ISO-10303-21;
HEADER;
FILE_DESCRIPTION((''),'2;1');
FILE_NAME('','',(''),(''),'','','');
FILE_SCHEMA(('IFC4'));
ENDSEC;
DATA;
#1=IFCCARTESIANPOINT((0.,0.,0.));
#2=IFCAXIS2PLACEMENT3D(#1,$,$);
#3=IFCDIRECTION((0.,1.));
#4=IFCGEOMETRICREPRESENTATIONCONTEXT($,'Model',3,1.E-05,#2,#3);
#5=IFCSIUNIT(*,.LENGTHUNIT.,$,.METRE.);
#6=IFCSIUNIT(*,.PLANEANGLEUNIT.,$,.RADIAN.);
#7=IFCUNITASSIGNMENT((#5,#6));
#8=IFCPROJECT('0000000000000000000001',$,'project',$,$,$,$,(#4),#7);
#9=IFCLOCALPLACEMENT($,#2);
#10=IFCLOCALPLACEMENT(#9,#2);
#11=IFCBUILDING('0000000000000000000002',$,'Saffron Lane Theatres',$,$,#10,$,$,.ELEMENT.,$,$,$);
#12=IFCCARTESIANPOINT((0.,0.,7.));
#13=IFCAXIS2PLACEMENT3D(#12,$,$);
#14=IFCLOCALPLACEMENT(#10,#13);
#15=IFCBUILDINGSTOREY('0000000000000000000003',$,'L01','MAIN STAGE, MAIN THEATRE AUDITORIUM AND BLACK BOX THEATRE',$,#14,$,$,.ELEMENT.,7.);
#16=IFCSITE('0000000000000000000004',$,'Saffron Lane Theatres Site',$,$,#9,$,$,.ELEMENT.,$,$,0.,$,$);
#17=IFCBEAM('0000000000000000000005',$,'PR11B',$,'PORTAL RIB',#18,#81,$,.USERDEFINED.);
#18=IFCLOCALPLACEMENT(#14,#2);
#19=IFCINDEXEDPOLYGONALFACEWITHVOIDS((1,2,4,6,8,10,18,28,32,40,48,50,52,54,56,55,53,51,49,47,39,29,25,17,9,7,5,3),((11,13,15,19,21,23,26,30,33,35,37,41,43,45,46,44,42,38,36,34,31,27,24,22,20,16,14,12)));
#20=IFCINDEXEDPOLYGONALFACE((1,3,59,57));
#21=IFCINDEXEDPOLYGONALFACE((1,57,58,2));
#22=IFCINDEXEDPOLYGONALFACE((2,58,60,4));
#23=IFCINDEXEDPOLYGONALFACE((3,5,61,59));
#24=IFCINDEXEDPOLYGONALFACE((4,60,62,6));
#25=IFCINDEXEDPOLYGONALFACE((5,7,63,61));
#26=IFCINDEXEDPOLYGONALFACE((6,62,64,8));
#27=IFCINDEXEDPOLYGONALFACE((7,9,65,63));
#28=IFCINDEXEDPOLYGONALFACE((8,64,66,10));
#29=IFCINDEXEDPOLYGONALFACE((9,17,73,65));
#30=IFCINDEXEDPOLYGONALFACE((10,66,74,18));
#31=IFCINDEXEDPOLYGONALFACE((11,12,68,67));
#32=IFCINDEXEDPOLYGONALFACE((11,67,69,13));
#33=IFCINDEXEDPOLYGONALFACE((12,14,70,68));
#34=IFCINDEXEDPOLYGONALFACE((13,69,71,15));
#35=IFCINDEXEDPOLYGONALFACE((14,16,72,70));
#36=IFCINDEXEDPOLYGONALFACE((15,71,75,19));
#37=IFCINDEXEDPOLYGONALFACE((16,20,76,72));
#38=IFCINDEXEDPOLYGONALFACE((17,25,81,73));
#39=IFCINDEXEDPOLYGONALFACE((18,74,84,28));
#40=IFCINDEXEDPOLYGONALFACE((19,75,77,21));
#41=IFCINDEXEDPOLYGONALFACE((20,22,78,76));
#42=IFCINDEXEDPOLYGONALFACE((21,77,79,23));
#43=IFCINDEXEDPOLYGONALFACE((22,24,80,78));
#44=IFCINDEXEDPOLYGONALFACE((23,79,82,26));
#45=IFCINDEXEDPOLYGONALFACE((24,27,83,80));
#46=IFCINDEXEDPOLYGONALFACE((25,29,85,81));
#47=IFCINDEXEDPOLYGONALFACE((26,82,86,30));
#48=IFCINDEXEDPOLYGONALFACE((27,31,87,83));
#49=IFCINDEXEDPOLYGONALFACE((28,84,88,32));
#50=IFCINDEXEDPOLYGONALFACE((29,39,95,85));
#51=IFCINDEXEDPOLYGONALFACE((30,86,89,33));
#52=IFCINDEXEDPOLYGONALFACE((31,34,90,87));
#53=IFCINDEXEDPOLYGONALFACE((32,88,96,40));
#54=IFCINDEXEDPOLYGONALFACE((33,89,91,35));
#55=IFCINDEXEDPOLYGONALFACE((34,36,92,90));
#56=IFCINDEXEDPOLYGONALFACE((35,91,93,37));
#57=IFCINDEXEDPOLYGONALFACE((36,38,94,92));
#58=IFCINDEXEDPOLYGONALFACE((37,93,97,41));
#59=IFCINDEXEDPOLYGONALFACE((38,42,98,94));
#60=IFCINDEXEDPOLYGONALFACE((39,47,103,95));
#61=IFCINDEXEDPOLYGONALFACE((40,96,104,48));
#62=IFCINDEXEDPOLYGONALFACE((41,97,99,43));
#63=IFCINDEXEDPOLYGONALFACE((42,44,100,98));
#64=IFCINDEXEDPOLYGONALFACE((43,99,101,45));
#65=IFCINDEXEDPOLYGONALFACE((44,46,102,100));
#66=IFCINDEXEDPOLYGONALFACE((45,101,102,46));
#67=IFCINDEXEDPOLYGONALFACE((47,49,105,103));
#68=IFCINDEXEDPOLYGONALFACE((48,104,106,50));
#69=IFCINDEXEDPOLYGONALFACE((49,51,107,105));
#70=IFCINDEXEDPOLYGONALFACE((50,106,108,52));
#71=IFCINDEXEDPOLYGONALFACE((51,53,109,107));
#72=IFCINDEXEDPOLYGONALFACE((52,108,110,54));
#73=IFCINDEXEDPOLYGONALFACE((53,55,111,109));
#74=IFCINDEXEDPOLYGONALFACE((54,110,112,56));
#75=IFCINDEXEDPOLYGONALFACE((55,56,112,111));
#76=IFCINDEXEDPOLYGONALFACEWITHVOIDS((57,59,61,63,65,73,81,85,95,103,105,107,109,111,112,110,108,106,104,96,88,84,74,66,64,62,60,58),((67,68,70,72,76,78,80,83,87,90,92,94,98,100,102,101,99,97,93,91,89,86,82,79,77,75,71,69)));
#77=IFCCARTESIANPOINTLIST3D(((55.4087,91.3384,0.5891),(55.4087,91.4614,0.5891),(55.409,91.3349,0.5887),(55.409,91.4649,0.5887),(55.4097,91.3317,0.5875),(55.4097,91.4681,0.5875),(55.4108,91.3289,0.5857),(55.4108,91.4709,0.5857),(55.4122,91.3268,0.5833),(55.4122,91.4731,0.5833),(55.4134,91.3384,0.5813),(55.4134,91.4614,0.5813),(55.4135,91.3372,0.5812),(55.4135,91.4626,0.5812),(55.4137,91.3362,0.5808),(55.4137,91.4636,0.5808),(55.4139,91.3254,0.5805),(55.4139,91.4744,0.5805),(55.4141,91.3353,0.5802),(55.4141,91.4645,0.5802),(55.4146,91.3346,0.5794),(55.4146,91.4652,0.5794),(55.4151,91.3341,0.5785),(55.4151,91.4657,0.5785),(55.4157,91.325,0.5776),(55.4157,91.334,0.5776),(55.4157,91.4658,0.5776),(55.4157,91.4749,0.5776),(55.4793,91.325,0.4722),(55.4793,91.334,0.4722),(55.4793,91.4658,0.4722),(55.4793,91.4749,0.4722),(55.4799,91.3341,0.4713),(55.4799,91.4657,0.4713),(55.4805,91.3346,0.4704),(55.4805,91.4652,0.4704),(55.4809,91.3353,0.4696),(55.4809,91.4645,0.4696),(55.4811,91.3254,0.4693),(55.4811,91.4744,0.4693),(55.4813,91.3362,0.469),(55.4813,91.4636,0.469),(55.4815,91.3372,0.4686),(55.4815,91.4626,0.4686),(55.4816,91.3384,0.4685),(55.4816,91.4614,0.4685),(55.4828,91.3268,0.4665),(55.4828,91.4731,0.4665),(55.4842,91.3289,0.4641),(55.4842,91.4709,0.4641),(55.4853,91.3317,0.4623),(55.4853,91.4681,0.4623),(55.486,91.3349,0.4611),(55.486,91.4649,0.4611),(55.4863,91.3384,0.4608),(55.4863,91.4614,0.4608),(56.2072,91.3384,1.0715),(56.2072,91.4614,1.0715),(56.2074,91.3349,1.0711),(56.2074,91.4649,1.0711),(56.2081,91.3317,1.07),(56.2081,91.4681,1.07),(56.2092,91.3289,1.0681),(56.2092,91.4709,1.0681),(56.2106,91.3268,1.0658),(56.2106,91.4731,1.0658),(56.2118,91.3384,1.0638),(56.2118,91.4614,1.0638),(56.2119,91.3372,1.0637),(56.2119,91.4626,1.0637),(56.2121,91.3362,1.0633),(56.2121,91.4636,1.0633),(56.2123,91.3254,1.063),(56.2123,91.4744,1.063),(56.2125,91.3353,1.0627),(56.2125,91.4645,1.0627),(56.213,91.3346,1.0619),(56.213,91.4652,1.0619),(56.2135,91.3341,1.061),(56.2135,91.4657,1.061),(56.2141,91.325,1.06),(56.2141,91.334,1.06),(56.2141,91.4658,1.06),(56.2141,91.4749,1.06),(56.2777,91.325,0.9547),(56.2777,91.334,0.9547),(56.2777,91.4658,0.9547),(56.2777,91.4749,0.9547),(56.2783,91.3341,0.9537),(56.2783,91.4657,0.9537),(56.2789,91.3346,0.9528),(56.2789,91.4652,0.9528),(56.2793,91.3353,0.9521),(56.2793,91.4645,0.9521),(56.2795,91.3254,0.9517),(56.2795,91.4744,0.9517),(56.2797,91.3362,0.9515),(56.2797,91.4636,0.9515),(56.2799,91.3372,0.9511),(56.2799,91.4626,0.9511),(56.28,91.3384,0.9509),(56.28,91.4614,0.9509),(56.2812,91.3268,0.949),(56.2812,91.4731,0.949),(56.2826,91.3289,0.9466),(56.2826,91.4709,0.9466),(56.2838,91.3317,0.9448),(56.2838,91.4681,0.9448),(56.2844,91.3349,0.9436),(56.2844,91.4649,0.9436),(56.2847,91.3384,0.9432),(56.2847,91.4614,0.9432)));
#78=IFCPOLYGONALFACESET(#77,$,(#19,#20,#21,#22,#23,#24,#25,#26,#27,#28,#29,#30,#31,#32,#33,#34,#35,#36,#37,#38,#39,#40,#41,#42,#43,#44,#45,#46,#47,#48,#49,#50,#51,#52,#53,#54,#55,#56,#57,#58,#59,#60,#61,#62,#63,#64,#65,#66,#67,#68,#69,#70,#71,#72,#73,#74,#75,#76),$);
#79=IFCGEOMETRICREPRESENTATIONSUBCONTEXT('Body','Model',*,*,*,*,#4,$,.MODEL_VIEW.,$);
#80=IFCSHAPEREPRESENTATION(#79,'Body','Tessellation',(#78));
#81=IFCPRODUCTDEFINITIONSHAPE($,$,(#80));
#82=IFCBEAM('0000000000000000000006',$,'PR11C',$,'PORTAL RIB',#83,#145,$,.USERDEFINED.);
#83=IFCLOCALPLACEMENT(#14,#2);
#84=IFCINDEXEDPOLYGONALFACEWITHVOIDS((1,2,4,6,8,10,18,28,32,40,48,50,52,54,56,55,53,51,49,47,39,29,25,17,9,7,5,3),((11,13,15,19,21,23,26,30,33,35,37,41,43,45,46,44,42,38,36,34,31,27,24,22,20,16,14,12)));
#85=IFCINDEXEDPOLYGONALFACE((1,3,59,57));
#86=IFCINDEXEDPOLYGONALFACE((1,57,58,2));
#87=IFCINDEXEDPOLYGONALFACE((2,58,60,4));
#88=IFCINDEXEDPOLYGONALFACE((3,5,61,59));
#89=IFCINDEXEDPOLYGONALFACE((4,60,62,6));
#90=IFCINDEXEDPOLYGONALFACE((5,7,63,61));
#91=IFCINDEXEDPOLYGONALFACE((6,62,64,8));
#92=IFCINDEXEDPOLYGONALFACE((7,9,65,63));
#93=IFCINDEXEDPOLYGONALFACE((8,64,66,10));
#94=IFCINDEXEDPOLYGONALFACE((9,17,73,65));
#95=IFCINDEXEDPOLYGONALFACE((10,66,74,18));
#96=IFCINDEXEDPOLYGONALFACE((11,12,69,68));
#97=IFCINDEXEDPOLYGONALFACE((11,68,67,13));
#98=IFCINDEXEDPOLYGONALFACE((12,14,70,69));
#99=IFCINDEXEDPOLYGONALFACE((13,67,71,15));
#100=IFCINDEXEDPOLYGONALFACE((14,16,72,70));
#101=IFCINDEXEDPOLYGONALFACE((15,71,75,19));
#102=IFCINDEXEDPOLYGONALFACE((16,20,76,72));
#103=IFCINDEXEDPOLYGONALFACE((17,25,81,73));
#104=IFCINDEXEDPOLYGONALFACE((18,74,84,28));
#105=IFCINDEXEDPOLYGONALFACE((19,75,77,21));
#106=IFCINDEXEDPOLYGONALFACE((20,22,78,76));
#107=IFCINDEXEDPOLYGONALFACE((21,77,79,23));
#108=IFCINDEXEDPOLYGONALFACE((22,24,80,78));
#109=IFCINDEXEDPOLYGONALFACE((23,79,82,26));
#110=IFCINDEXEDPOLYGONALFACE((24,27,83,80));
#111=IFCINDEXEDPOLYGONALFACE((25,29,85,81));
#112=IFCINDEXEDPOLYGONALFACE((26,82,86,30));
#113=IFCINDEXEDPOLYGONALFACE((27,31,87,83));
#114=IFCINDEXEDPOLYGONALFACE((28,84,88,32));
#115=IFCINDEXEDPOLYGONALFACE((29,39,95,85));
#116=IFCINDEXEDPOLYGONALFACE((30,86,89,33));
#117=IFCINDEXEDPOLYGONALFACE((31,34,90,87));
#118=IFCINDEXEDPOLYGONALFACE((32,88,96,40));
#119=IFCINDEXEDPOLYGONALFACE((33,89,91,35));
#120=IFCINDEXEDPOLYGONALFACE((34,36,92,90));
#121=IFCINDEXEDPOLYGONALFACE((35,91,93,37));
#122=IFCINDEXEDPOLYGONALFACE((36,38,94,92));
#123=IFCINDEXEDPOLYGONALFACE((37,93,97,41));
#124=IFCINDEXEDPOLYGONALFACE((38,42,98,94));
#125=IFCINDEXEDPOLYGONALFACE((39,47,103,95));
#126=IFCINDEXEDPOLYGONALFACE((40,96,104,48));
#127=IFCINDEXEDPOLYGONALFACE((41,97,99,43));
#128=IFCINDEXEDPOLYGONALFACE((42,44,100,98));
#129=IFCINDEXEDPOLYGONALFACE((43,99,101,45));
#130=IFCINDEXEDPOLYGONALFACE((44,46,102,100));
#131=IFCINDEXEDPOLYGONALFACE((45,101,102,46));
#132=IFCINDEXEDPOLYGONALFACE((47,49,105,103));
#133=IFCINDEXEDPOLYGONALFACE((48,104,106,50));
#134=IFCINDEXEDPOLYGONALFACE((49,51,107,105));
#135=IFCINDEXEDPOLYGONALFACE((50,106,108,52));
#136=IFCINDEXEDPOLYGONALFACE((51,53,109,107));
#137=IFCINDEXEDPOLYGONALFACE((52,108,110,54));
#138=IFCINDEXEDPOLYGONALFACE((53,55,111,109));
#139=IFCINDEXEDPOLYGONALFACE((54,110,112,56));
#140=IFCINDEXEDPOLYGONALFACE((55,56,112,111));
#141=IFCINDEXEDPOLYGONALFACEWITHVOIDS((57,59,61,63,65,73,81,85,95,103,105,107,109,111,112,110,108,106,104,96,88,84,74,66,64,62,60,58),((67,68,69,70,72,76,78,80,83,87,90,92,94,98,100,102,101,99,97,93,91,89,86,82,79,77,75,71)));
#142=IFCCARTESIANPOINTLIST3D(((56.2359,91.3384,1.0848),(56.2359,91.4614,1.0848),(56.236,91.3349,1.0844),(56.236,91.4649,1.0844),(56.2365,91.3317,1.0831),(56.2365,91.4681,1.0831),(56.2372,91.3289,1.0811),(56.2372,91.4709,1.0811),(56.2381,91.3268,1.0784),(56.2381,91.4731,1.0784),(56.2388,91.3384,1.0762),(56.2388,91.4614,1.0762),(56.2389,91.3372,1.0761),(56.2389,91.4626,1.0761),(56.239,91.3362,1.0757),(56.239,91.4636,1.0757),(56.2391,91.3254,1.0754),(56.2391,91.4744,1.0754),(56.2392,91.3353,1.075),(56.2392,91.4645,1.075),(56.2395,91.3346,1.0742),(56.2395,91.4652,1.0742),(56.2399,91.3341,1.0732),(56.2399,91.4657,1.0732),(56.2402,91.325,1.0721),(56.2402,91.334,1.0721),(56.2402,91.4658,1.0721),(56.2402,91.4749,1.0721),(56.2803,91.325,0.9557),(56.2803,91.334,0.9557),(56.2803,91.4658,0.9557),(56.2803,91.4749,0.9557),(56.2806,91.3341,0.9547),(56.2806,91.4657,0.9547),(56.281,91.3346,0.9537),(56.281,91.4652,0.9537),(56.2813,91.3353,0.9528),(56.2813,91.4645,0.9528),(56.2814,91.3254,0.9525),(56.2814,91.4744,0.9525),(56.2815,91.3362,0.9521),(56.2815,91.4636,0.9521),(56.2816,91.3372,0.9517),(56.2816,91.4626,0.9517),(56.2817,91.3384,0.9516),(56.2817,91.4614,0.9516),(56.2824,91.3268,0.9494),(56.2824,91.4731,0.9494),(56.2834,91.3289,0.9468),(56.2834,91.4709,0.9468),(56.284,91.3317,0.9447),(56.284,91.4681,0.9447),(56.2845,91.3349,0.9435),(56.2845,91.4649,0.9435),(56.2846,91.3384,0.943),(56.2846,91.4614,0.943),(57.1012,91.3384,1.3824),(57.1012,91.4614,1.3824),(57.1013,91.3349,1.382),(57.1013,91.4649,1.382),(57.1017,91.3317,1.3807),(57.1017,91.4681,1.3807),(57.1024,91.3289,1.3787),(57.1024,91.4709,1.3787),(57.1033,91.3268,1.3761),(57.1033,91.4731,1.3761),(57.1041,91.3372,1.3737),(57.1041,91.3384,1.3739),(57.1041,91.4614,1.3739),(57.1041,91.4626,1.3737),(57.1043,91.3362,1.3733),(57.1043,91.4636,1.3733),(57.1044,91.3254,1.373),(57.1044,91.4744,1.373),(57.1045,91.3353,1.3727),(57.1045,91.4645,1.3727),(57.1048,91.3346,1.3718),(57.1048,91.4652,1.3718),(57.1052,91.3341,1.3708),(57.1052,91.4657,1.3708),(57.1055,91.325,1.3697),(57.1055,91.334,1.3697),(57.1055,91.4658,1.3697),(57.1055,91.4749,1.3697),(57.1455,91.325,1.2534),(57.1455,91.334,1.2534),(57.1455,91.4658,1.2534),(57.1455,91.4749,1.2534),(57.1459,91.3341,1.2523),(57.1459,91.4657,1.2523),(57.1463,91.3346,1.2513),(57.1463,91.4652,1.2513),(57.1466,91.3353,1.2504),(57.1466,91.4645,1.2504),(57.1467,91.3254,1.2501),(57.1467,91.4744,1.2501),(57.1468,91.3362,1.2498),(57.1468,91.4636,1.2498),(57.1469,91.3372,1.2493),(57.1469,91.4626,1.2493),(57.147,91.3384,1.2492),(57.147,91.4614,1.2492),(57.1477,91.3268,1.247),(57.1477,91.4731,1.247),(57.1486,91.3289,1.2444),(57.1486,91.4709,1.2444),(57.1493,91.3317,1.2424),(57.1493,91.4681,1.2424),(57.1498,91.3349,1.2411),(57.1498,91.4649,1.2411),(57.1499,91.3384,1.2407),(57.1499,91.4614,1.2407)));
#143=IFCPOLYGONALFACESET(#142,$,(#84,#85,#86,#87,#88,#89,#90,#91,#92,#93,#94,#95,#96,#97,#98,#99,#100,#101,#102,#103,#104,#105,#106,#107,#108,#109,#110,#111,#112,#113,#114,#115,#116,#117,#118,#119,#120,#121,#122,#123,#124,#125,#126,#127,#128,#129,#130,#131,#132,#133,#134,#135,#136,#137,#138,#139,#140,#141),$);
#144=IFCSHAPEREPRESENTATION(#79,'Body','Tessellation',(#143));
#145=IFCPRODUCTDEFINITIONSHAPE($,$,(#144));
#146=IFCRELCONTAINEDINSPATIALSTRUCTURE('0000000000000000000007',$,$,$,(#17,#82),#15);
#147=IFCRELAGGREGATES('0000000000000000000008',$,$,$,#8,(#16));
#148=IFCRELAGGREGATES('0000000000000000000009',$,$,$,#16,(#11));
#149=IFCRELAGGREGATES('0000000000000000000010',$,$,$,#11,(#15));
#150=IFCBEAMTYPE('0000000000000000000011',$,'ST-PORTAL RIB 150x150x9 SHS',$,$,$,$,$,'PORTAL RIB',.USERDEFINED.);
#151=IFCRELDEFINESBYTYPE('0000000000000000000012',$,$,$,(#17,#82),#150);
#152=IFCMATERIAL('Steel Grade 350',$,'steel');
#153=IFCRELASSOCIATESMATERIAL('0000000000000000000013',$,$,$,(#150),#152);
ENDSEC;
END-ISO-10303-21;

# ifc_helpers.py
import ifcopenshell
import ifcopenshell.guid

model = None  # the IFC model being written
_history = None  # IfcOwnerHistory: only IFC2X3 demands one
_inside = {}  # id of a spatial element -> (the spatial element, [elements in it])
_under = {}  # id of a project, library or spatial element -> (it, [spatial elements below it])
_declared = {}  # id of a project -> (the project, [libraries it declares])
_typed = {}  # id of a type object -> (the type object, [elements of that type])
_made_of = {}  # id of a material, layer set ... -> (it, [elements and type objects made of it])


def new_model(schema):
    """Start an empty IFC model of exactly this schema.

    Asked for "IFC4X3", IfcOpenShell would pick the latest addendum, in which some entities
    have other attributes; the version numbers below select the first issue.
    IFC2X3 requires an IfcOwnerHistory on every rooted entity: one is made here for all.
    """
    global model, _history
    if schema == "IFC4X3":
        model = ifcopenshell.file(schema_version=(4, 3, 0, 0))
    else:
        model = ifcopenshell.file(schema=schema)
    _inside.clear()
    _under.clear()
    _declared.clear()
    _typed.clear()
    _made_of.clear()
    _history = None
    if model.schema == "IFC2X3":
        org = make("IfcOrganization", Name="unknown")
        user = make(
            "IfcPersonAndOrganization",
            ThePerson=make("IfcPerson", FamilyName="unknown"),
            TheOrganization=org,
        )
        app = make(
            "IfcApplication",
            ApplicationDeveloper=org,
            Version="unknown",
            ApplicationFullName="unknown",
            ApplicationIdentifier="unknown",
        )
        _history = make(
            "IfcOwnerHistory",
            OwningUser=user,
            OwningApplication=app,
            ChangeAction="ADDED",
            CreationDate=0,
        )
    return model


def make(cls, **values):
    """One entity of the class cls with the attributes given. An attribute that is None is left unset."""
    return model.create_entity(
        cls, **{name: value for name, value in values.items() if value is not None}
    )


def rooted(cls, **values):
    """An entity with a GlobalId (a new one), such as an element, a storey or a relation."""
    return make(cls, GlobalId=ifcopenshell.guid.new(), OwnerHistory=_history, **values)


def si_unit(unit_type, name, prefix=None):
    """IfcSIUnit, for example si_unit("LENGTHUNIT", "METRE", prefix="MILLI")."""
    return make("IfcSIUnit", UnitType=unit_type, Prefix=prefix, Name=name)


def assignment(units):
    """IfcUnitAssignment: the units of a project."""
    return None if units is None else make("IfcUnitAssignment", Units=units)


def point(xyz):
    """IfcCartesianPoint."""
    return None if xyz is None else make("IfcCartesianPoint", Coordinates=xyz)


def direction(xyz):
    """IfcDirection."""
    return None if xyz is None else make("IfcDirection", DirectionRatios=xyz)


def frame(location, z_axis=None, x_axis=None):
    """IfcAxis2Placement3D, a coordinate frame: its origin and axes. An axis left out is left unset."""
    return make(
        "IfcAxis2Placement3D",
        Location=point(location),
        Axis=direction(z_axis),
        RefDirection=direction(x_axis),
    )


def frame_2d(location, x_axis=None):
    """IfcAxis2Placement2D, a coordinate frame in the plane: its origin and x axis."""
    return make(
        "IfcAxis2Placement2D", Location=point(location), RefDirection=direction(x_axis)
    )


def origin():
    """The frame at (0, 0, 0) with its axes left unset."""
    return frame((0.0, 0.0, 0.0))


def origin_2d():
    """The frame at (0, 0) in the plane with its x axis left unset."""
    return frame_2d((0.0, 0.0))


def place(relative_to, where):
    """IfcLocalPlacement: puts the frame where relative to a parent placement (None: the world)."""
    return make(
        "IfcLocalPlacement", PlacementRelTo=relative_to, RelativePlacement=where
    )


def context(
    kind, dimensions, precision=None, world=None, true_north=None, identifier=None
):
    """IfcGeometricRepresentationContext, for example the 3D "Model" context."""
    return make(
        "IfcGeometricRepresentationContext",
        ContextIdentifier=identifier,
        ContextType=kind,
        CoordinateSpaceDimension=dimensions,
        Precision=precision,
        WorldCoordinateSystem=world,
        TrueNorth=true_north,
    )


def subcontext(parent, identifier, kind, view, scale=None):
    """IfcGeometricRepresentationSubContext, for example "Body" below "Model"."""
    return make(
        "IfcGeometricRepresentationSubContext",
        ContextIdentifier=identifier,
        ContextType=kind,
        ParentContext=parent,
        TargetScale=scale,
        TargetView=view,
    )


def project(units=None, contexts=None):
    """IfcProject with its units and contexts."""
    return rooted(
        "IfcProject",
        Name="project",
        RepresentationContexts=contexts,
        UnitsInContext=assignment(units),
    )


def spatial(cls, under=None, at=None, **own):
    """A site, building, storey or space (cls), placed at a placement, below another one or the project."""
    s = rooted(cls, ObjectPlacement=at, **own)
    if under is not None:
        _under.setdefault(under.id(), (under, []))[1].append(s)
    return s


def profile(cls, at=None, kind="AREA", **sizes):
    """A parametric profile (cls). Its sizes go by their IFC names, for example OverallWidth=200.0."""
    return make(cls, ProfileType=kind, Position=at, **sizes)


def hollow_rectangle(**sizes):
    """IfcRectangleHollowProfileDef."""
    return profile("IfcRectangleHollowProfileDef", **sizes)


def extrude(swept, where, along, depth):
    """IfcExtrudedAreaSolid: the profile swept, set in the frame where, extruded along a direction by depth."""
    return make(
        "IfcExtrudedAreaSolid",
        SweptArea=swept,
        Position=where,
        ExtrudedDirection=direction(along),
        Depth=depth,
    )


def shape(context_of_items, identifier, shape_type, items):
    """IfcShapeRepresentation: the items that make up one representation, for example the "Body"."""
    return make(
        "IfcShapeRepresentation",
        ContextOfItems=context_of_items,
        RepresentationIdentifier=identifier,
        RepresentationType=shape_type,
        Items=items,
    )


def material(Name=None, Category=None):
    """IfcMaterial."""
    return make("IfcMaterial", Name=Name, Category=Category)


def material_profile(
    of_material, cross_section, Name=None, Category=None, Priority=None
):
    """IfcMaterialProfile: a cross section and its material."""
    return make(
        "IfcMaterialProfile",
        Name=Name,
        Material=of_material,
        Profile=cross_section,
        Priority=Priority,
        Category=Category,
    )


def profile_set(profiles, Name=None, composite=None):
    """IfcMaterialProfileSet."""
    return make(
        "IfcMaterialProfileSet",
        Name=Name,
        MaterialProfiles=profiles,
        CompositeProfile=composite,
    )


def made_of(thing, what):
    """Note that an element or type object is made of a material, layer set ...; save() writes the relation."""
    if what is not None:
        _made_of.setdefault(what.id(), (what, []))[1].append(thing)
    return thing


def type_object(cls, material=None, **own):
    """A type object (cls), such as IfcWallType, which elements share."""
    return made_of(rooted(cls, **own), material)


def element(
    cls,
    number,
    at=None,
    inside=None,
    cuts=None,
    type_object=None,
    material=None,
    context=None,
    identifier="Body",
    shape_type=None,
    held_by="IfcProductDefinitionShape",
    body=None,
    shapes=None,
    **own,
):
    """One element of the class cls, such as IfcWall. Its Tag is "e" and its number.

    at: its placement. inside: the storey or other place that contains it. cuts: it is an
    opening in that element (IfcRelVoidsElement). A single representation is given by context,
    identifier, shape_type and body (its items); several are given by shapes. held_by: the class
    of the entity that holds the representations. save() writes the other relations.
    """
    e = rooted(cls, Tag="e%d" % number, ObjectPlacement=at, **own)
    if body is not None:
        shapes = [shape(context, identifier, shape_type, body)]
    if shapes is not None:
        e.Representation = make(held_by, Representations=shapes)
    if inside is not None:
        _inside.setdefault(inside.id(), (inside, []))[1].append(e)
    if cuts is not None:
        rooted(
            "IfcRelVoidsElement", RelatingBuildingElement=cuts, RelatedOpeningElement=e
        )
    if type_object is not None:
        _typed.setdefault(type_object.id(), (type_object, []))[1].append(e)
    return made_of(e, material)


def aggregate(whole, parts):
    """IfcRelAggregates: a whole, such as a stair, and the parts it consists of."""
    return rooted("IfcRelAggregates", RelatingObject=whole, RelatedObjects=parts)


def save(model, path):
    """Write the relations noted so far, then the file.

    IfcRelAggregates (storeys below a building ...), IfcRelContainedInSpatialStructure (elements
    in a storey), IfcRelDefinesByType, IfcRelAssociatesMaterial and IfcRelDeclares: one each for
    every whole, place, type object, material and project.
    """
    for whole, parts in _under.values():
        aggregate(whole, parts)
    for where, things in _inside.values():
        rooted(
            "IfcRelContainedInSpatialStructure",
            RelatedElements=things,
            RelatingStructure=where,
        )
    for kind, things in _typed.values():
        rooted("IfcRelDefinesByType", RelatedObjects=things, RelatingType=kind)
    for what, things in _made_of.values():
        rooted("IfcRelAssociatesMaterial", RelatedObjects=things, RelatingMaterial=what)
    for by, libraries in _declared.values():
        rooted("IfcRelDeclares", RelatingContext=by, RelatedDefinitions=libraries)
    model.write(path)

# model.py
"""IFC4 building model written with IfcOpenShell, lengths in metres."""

from ifc_helpers import new_model, si_unit, direction, frame, origin, origin_2d, place, context, subcontext, project, spatial, hollow_rectangle, extrude, material, material_profile, profile_set, type_object, element, save


model = new_model("IFC4")

# Units and contexts
model_context = context("Model", 3, precision=1e-05, world=origin(), true_north=direction((0.0, 1.0)))
body_context = subcontext(model_context, "Body", "Model", "MODEL_VIEW")
ifc_project = project(units=[si_unit("LENGTHUNIT", "METRE"), si_unit("PLANEANGLEUNIT", "RADIAN")], contexts=[model_context])

# Site, building, storey
site_placement = place(None, origin())
site = spatial("IfcSite", under=ifc_project, at=site_placement, Name="Saffron Lane Theatres Site", CompositionType="ELEMENT", RefElevation=0.0)
building_placement = place(site_placement, origin())
building = spatial("IfcBuilding", under=site, at=building_placement, Name="Saffron Lane Theatres", CompositionType="ELEMENT")
storey_placement = place(building_placement, frame((0.0, 0.0, 7.0)))
storey = spatial("IfcBuildingStorey", under=building, at=storey_placement, Name="L01", Description="MAIN STAGE, MAIN THEATRE AUDITORIUM AND BLACK BOX THEATRE", CompositionType="ELEMENT", Elevation=7.0)

# Beams
ifc_material_1 = material(Name="Steel Grade 350", Category="steel")
ifc_material_profile_1 = material_profile(ifc_material_1, hollow_rectangle(XDim=0.1499, YDim=0.1499, WallThickness=0.009, InnerFilletRadius=0.0044, OuterFilletRadius=0.0134, at=origin_2d()))
ifc_profile_set_1 = profile_set([ifc_material_profile_1], Name="Steel Grade 350")
beam_type_1 = type_object("IfcBeamType", Name="ST-PORTAL RIB 150x150x9 SHS", ElementType="PORTAL RIB", PredefinedType="USERDEFINED", material=ifc_profile_set_1)
beam_1_placement = place(storey_placement, frame((55.4475, 91.3999, 0.5249), z_axis=(0.855872, 0.0, 0.517188), x_axis=(0.0, 1.0, 0.0)))
element("IfcBeam", 1, at=beam_1_placement, inside=storey, type_object=beam_type_1, Name="PR11B", ObjectType="PORTAL RIB", PredefinedType="USERDEFINED", context=body_context, shape_type="SweptSolid", body=[
    extrude(hollow_rectangle(XDim=0.1499, YDim=0.1499, WallThickness=0.009, InnerFilletRadius=0.0044, OuterFilletRadius=0.0134, at=origin_2d()), origin(), (0.0, 0.0, 1.0), 0.9329),
])
beam_2_placement = place(storey_placement, frame((56.2603, 91.3999, 1.0139), z_axis=(0.945625, 0.0, 0.325259), x_axis=(0.0, 1.0, 0.0)))
element("IfcBeam", 2, at=beam_2_placement, inside=storey, type_object=beam_type_1, Name="PR11C", ObjectType="PORTAL RIB", PredefinedType="USERDEFINED", context=body_context, shape_type="SweptSolid", body=[
    extrude(hollow_rectangle(XDim=0.1499, YDim=0.1499, WallThickness=0.009, InnerFilletRadius=0.0044, OuterFilletRadius=0.0134, at=origin_2d()), origin(), (0.0, 0.0, 1.0), 0.915),
])

save(model, "model.ifc")
